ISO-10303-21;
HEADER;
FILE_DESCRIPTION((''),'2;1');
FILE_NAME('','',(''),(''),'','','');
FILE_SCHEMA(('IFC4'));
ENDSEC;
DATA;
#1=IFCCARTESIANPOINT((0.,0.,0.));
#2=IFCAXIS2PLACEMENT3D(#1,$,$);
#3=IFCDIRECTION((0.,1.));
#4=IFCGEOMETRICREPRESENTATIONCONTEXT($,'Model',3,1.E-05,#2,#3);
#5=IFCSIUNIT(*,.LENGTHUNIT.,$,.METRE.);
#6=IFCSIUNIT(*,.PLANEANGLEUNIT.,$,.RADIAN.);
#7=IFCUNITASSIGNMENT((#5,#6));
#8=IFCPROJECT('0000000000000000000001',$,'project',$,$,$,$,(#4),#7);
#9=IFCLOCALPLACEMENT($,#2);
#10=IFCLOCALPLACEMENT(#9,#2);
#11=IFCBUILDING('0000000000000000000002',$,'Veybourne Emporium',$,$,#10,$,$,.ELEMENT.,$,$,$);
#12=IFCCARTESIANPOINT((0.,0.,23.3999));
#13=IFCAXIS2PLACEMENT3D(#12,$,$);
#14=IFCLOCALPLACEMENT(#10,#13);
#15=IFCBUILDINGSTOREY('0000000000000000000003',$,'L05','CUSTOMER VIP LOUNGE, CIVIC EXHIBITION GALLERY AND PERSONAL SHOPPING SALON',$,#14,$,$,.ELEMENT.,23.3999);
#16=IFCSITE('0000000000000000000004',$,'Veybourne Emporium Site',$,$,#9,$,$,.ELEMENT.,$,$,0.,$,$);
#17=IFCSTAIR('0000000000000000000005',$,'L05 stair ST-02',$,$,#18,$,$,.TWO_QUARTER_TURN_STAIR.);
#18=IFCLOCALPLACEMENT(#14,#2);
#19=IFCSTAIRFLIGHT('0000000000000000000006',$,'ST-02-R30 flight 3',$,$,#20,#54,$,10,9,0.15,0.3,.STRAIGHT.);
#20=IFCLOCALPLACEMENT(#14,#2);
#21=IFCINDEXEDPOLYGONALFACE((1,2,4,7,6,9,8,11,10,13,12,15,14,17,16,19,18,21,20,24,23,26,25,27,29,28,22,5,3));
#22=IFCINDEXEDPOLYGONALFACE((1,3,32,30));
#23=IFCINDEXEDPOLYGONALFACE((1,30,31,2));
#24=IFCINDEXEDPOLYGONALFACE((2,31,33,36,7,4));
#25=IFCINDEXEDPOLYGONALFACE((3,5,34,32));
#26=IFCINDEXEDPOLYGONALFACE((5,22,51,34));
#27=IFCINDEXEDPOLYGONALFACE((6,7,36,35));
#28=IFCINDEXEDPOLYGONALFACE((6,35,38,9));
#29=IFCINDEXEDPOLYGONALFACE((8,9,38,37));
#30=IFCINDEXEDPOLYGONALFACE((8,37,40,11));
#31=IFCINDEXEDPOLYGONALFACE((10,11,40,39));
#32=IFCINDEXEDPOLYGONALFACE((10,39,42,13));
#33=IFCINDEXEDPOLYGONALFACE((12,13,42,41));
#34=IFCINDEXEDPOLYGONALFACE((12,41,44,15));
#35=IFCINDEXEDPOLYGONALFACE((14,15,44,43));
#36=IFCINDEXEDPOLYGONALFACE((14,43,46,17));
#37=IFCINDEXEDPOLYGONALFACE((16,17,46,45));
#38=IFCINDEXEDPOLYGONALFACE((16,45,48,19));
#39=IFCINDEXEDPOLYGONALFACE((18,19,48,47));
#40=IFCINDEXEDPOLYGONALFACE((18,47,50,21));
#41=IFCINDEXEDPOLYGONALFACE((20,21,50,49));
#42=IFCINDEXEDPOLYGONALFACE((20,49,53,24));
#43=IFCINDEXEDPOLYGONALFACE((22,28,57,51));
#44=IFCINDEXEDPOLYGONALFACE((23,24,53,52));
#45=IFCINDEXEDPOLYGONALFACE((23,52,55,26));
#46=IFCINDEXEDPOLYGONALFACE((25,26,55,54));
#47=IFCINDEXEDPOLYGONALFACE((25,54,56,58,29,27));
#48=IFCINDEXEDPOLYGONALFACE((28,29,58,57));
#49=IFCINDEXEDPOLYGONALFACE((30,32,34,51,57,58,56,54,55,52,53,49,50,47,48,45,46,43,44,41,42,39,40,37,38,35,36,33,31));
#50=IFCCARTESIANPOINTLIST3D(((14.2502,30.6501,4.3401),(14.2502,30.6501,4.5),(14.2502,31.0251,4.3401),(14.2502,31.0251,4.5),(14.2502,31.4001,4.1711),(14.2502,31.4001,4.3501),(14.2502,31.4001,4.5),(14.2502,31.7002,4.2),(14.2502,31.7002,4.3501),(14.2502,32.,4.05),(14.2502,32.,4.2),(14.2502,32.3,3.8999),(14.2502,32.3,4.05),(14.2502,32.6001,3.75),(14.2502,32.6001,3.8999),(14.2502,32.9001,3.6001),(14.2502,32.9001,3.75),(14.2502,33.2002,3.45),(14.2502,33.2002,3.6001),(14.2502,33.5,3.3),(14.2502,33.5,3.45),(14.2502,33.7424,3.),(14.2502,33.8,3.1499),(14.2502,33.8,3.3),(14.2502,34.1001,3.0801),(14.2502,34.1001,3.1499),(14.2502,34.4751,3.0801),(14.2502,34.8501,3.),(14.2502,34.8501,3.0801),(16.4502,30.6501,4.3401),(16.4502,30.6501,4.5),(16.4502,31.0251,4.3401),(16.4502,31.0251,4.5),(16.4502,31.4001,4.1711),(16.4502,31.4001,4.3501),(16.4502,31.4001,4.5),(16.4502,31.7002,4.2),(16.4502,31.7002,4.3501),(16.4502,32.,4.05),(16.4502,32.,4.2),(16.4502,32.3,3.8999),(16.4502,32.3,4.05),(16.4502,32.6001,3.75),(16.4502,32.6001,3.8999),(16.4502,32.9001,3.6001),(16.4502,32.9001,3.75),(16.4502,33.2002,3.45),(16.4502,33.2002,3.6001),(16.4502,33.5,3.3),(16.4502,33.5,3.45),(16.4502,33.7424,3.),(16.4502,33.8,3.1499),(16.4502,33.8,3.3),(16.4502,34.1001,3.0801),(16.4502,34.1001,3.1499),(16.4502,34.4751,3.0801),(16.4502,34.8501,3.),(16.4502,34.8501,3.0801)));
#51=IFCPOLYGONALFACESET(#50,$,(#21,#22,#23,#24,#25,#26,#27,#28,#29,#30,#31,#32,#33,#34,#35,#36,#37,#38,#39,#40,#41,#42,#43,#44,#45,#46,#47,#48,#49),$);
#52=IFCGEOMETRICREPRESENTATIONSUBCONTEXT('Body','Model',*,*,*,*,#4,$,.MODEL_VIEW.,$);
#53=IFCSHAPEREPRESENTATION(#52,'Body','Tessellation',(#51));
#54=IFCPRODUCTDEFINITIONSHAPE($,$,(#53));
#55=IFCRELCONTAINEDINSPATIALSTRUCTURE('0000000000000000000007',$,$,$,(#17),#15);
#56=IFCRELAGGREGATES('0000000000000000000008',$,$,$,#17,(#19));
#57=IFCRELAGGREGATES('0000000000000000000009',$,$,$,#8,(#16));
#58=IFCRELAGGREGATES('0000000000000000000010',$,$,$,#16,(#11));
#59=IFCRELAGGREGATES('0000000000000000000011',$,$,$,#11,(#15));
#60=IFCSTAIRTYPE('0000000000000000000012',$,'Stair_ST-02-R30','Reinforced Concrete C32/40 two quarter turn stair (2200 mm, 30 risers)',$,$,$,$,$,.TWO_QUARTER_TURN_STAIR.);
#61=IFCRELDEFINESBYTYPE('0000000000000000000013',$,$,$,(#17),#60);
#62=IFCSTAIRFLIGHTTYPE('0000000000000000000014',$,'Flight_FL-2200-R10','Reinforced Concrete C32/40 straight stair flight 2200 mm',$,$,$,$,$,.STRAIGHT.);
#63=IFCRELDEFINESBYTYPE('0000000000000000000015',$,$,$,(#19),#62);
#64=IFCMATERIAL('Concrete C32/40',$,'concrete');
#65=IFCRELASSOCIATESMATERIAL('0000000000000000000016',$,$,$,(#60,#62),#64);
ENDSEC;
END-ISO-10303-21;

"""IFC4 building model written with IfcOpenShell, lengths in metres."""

from ifc_helpers import new_model, si_unit, direction, frame, origin, place, context, subcontext, project, spatial, polyline, outline, extrude, material, type_object, element, aggregate, save


model = new_model("IFC4")

# Units and contexts
model_context = context("Model", 3, precision=1e-05, world=origin(), true_north=direction((0.0, 1.0)))
body_context = subcontext(model_context, "Body", "Model", "MODEL_VIEW")
ifc_project = project(units=[si_unit("LENGTHUNIT", "METRE"), si_unit("PLANEANGLEUNIT", "RADIAN")], contexts=[model_context])

# Site, building, storey
site_placement = place(None, origin())
site = spatial("IfcSite", under=ifc_project, at=site_placement, Name="Veybourne Emporium Site", CompositionType="ELEMENT", RefElevation=0.0)
building_placement = place(site_placement, origin())
building = spatial("IfcBuilding", under=site, at=building_placement, Name="Veybourne Emporium", CompositionType="ELEMENT")
storey_placement = place(building_placement, frame((0.0, 0.0, 23.3999)))
storey = spatial("IfcBuildingStorey", under=building, at=storey_placement, Name="L05", Description="CUSTOMER VIP LOUNGE, CIVIC EXHIBITION GALLERY AND PERSONAL SHOPPING SALON", CompositionType="ELEMENT", Elevation=23.3999)

# Shared definitions
ifc_material_1 = material(Name="Concrete C32/40", Category="concrete")

# Stair, stair flight
stair_type = type_object("IfcStairType", Name="Stair_ST-02-R30", Description="Reinforced Concrete C32/40 two quarter turn stair (2200 mm, 30 risers)", PredefinedType="TWO_QUARTER_TURN_STAIR", material=ifc_material_1)
stair_placement = place(storey_placement, origin())
stair = element("IfcStair", 1, at=stair_placement, inside=storey, type_object=stair_type, Name="L05 stair ST-02", PredefinedType="TWO_QUARTER_TURN_STAIR")
stair_flight_type = type_object("IfcStairFlightType", Name="Flight_FL-2200-R10", Description="Reinforced Concrete C32/40 straight stair flight 2200 mm", PredefinedType="STRAIGHT", material=ifc_material_1)
stair_flight_1_placement = place(storey_placement, frame((15.3501, 34.1001, 3.0), z_axis=(0.0, 0.0, 1.0), x_axis=(0.0, -1.0, 0.0)))
stair_flight_1 = element("IfcStairFlight", 2, at=stair_flight_1_placement, type_object=stair_flight_type, Name="ST-02-R30 flight 3", NumberOfRisers=10, NumberOfTreads=9, PredefinedType="STRAIGHT", RiserHeight=0.15, TreadLength=0.3, context=body_context, shape_type="SweptSolid", body=[
    extrude(outline(polyline([(-0.75, 0.0), (-0.75, 0.0801), (-0.375, 0.0801), (0.0, 0.0801), (0.0, 0.1499), (0.3, 0.1499), (0.3, 0.3), (0.6001, 0.3), (0.6001, 0.45), (0.8999, 0.45), (0.8999, 0.6001), (1.2, 0.6001), (1.2, 0.75), (1.5, 0.75), (1.5, 0.8999), (1.8, 0.8999), (1.8, 1.05), (2.1001, 1.05), (2.1001, 1.2), (2.3999, 1.2), (2.3999, 1.3501), (2.7, 1.3501), (2.7, 1.5), (3.075, 1.5), (3.45, 1.5), (3.45, 1.3401), (3.075, 1.3401), (2.7, 1.1711), (0.3577, 0.0), (-0.75, 0.0)])), frame((0.0, 1.1001, 0.0), z_axis=(0.0, -1.0, 0.0), x_axis=(1.0, 0.0, 0.0)), (0.0, 0.0, 1.0), 2.2),
])
aggregate(stair, [stair_flight_1])

save(model, "model.ifc")
